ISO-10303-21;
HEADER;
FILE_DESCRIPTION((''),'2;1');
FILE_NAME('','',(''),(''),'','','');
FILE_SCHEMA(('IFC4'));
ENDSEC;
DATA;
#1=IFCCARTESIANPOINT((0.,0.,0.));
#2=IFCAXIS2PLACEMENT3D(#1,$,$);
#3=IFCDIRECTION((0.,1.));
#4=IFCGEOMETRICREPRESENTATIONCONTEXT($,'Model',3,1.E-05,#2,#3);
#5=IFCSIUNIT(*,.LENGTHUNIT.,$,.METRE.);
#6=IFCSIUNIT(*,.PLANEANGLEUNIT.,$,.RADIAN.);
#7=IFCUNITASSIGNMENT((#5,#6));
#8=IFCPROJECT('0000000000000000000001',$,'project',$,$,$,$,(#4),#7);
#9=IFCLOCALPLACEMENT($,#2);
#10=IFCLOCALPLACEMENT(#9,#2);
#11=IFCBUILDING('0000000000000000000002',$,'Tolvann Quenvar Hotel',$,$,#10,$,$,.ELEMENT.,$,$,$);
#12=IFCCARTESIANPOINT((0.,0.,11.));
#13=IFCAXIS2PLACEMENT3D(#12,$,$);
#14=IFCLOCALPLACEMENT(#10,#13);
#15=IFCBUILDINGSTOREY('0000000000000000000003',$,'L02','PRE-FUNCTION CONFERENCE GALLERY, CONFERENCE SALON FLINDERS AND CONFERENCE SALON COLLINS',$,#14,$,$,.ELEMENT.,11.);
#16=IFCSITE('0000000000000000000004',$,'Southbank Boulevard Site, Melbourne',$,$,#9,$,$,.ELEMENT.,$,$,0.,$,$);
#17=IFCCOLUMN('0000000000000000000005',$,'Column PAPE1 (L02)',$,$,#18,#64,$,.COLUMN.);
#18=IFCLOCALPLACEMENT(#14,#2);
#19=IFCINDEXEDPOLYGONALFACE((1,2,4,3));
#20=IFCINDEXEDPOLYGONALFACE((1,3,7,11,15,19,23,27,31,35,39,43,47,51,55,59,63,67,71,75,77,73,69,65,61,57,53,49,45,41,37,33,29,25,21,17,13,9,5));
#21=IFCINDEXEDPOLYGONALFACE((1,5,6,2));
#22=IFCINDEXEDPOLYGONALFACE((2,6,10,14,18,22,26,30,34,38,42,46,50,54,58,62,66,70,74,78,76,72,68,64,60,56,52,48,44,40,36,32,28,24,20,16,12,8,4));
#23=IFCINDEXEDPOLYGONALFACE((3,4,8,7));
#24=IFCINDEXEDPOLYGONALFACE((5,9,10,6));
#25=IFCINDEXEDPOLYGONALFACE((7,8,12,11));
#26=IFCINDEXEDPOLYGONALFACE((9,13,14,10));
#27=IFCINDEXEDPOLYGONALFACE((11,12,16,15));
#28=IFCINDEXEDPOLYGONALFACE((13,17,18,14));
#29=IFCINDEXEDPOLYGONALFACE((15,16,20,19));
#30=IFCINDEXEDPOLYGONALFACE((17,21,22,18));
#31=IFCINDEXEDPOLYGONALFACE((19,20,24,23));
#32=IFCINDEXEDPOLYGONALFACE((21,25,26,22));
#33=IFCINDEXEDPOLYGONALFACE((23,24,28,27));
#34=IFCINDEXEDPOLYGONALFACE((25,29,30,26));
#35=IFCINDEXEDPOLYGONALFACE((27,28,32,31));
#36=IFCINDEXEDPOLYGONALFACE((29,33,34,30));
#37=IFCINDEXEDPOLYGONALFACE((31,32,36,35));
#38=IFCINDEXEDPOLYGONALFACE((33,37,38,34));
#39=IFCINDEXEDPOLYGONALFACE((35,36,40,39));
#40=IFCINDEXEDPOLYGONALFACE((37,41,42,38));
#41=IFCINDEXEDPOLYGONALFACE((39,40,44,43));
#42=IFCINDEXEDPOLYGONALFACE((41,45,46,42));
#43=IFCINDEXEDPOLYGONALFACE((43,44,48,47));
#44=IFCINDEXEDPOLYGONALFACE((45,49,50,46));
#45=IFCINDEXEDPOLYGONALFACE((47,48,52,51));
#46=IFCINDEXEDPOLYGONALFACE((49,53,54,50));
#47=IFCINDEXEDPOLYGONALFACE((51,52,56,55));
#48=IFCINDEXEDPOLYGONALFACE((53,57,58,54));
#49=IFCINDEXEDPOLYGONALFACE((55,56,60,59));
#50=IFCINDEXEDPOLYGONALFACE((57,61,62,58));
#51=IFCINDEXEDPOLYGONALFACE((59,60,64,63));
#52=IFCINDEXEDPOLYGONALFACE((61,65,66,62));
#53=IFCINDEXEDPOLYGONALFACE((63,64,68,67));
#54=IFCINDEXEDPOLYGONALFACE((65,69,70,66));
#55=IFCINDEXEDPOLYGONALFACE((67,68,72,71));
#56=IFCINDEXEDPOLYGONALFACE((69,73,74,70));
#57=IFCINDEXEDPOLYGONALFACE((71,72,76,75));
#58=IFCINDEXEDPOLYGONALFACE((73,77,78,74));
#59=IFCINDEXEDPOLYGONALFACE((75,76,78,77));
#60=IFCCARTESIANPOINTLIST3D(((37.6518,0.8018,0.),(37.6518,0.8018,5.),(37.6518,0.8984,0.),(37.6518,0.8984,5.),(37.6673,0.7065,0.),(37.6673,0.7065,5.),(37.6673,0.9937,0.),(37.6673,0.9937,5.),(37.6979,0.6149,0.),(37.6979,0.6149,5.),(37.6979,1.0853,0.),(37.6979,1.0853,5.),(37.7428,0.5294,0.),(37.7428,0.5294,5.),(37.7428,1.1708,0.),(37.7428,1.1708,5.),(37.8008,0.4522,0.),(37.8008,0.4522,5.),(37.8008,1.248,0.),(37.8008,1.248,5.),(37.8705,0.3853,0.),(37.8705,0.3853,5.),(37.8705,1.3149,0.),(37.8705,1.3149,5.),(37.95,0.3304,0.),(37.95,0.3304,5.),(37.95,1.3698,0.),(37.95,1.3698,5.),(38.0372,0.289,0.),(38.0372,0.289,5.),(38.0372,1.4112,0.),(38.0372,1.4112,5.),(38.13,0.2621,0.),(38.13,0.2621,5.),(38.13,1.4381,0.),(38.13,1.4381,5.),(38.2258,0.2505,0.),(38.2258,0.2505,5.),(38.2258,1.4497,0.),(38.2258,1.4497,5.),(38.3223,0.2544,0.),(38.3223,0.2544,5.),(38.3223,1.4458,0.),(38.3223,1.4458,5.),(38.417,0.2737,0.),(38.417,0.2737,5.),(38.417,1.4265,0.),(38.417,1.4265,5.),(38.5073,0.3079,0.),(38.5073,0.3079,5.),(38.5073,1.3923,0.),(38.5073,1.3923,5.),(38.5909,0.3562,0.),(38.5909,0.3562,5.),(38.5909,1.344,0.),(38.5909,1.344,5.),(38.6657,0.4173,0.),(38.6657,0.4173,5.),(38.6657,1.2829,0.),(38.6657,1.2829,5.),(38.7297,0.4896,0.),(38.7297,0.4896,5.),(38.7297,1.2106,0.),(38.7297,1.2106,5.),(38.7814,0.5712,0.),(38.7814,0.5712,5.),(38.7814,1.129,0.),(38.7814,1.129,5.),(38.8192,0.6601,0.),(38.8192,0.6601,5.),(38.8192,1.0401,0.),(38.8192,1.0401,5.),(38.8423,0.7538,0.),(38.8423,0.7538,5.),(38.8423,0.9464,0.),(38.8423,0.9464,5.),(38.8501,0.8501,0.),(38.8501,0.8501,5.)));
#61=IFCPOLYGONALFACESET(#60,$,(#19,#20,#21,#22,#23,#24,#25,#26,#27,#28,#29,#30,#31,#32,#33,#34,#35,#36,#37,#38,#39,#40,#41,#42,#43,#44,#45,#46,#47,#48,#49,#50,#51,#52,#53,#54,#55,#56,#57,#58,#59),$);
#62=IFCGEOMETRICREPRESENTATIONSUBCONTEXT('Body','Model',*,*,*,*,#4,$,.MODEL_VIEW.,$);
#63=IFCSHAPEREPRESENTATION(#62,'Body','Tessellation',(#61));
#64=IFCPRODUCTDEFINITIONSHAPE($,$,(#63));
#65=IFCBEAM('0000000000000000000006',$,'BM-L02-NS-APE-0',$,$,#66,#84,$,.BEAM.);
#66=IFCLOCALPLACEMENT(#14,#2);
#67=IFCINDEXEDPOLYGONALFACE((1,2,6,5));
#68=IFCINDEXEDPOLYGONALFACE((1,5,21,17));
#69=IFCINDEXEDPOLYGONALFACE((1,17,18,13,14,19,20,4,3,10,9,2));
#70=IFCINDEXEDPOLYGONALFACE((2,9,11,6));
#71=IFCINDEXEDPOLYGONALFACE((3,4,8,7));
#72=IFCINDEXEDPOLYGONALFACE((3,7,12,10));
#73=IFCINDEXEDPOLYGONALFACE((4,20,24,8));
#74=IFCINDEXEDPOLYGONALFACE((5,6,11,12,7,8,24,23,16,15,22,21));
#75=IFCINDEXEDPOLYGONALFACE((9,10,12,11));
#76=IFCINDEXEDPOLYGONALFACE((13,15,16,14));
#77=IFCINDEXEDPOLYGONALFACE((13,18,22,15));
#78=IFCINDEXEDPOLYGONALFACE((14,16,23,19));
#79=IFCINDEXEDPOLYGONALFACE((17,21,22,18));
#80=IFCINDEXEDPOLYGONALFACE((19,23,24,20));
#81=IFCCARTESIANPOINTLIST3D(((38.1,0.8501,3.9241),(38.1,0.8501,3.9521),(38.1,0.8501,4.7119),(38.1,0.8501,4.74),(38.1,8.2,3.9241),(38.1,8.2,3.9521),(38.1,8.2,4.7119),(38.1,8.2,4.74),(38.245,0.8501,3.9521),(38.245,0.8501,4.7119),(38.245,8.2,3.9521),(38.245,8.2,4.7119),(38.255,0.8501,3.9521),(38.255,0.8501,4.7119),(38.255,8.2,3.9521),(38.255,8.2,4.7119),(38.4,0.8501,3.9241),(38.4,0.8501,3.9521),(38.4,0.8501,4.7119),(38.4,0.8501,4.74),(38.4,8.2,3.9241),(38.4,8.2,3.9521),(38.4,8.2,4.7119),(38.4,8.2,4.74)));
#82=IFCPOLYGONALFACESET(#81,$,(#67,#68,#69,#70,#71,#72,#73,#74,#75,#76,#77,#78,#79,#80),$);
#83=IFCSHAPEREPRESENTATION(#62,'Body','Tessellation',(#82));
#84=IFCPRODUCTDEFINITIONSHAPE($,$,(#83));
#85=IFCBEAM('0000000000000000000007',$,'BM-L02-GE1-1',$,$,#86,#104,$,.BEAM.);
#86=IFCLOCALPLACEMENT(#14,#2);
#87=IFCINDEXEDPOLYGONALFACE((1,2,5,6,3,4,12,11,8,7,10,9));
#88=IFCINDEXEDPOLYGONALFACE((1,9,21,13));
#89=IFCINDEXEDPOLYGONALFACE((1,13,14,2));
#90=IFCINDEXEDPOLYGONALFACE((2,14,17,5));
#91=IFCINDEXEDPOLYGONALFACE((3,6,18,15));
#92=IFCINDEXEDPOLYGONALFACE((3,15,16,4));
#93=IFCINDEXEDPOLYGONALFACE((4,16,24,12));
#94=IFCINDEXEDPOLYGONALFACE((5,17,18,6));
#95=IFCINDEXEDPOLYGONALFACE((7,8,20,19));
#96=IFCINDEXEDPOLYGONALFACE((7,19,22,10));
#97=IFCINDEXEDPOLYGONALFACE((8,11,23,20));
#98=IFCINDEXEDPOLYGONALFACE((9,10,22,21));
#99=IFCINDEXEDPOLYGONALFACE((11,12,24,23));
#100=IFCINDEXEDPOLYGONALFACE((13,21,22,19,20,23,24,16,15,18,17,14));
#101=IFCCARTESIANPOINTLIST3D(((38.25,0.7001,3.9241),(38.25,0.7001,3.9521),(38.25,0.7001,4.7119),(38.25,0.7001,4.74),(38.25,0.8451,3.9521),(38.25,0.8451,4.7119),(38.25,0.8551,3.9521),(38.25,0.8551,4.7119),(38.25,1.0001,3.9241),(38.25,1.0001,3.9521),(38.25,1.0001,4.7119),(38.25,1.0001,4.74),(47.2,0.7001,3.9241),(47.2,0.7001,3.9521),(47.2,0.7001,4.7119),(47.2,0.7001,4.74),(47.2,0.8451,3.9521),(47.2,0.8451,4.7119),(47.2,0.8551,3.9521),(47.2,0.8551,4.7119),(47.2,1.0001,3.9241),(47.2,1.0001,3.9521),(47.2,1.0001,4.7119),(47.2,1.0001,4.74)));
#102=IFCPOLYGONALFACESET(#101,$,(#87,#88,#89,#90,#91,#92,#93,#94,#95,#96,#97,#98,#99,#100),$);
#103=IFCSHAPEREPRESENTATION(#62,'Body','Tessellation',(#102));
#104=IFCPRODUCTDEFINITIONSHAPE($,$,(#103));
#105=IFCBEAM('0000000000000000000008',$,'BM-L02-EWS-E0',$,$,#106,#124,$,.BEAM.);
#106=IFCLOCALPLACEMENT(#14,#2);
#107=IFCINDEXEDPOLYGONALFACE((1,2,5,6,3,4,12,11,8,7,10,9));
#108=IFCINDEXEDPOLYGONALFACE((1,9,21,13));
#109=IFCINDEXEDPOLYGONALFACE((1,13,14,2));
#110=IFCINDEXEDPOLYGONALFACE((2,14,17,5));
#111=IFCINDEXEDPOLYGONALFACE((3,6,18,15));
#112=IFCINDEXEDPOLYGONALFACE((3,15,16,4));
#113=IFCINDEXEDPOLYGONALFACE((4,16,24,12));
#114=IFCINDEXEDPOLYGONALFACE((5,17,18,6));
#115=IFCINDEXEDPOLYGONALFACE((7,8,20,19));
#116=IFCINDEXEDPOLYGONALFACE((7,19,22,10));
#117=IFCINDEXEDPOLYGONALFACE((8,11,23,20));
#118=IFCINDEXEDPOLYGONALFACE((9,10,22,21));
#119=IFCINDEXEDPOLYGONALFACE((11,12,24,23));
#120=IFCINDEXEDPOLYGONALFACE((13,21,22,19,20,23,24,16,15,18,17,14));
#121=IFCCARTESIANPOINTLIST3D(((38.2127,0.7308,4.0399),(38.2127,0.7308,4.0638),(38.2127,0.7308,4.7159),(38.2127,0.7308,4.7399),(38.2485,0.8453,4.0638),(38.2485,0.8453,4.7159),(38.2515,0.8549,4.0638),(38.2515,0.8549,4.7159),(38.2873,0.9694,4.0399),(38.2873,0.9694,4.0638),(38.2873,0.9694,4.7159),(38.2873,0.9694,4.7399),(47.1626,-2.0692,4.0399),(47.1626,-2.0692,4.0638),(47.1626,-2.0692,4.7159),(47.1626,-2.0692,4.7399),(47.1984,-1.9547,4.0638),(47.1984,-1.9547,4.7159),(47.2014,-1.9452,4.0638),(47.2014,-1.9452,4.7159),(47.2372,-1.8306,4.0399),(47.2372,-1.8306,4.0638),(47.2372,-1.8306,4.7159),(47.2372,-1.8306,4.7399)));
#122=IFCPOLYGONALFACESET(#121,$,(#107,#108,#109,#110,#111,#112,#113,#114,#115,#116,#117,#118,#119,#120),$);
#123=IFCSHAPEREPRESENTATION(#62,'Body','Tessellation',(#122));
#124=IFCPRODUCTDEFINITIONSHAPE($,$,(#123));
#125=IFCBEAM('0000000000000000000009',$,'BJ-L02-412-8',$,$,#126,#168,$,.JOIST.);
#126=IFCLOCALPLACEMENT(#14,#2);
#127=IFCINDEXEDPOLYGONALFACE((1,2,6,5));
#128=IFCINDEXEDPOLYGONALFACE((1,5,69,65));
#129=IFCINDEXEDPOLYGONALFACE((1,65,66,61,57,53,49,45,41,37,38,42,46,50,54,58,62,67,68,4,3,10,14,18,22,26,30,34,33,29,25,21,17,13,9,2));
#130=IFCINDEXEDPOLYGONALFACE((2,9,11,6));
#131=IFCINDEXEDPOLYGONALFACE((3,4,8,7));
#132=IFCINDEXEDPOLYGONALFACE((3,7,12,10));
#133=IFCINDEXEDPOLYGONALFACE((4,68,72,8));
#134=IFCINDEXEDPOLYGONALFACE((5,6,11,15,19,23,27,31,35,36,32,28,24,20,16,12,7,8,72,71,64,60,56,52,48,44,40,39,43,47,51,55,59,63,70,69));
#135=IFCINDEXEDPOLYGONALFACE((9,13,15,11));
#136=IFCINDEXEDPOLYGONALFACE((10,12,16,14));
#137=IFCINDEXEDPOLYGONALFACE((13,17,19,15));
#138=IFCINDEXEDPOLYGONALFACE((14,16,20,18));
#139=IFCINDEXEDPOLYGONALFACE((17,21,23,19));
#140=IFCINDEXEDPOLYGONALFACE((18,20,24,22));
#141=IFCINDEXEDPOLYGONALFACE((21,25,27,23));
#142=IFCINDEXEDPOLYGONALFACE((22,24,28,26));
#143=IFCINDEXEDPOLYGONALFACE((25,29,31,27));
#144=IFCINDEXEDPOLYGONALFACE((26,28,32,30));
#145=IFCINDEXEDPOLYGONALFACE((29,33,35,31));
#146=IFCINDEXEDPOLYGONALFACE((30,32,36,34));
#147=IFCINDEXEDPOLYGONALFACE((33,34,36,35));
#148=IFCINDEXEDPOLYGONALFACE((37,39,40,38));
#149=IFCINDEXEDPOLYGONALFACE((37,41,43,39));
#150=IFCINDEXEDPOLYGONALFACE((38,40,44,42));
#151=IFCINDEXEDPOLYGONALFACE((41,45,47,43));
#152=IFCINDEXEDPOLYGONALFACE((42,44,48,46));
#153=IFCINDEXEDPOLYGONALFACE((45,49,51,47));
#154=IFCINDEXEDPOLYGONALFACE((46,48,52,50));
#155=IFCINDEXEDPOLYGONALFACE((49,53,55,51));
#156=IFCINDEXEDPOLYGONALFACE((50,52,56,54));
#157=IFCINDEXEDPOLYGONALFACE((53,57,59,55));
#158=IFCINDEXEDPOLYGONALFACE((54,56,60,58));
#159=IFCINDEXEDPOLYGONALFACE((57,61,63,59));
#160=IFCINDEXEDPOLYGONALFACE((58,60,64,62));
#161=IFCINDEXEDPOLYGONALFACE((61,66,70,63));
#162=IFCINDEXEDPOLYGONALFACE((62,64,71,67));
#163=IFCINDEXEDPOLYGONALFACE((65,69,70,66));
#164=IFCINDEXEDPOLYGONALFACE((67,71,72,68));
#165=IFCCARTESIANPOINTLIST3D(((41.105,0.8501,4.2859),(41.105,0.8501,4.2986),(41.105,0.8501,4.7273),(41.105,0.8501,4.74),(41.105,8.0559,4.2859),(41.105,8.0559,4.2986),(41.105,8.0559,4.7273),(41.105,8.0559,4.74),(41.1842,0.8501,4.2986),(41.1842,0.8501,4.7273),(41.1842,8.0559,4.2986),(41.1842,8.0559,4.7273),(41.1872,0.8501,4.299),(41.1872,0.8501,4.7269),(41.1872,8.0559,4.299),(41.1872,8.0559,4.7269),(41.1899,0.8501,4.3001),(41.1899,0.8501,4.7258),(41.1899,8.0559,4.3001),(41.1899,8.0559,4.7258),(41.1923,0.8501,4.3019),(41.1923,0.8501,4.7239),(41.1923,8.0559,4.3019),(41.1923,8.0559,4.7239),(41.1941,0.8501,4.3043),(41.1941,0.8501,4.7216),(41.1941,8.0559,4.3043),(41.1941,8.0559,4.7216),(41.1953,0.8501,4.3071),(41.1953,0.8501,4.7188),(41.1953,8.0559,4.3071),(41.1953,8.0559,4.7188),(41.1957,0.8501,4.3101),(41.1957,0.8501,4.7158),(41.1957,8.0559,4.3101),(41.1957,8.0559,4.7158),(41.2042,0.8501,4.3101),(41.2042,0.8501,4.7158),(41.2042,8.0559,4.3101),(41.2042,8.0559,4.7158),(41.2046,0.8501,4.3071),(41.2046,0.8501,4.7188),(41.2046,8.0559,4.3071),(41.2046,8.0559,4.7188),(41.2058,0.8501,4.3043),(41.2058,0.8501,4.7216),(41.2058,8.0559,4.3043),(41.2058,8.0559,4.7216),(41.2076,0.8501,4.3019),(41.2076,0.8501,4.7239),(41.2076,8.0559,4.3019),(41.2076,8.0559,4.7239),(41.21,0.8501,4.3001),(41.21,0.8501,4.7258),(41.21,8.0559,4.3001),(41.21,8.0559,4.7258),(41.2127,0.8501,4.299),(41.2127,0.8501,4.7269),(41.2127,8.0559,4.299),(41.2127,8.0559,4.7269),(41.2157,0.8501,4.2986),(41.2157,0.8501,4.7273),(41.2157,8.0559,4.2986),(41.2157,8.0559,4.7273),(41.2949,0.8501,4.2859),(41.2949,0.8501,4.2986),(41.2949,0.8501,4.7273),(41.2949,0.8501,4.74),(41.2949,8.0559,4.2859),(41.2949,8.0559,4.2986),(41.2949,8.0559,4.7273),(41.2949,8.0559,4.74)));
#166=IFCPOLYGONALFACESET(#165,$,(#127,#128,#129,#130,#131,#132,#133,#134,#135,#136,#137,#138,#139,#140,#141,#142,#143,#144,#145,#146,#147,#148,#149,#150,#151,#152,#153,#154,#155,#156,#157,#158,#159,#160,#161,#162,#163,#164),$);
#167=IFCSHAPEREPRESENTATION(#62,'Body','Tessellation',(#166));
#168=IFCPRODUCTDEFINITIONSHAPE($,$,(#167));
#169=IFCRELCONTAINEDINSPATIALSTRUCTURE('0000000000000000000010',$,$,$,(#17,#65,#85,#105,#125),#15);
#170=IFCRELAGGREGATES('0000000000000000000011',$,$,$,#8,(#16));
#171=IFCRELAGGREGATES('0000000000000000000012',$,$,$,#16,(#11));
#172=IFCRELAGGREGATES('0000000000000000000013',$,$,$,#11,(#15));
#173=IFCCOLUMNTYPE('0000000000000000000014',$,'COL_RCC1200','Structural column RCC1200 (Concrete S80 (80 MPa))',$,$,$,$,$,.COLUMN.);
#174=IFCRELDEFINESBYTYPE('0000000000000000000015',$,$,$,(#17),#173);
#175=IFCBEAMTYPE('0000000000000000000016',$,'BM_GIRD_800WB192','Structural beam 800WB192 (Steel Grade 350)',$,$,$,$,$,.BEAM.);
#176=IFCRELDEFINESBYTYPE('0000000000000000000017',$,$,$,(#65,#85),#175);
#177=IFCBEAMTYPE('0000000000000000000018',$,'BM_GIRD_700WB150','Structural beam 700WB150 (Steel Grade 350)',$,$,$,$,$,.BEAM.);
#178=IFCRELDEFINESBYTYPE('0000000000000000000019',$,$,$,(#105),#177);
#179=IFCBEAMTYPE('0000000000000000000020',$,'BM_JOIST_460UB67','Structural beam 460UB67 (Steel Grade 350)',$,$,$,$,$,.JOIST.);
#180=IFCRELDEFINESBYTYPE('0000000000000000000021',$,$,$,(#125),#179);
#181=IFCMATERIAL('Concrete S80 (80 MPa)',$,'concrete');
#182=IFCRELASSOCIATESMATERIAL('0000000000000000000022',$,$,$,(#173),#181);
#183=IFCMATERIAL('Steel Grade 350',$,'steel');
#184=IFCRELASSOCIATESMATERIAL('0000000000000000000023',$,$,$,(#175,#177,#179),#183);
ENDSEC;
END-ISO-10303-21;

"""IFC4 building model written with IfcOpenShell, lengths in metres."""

from ifc_helpers import new_model, si_unit, direction, frame, origin, origin_2d, place, context, subcontext, project, spatial, circle, i_section, extrude, source, transform, mapped, material, material_profile, profile_set, type_object, type_shapes, element, save


model = new_model("IFC4")

# Units and contexts
model_context = context("Model", 3, precision=1e-05, world=origin(), true_north=direction((0.0, 1.0)))
body_context = subcontext(model_context, "Body", "Model", "MODEL_VIEW")
ifc_project = project(units=[si_unit("LENGTHUNIT", "METRE"), si_unit("PLANEANGLEUNIT", "RADIAN")], contexts=[model_context])

# Site, building, storey
site_placement = place(None, origin())
site = spatial("IfcSite", under=ifc_project, at=site_placement, Name="Southbank Boulevard Site, Melbourne", CompositionType="ELEMENT", RefElevation=0.0)
building_placement = place(site_placement, origin())
building = spatial("IfcBuilding", under=site, at=building_placement, Name="Tolvann Quenvar Hotel", CompositionType="ELEMENT")
storey_placement = place(building_placement, frame((0.0, 0.0, 11.0)))
storey = spatial("IfcBuildingStorey", under=building, at=storey_placement, Name="L02", Description="PRE-FUNCTION CONFERENCE GALLERY, CONFERENCE SALON FLINDERS AND CONFERENCE SALON COLLINS", CompositionType="ELEMENT", Elevation=11.0)

# Column
ifc_material_1 = material(Name="Concrete S80 (80 MPa)", Category="concrete")
ifc_material_profile_1 = material_profile(ifc_material_1, circle(Radius=0.6001, at=origin_2d()), Name="RCC1200")
ifc_profile_set_1 = profile_set([ifc_material_profile_1], Name="Concrete S80 (80 MPa)")
column_type = type_object("IfcColumnType", Name="COL_RCC1200", Description="Structural column RCC1200 (Concrete S80 (80 MPa))", PredefinedType="COLUMN", material=ifc_profile_set_1)
shared_shape_1 = source(origin(), body_context, "Body", "SweptSolid", [
    extrude(circle(Radius=0.6001, at=origin_2d()), origin(), (0.0, 0.0, 1.0), 5.0),
])
type_shapes(column_type, [shared_shape_1])
column_placement = place(storey_placement, frame((38.25, 0.8501, 0.0), z_axis=(0.0, 0.0, 1.0), x_axis=(1.0, 0.0, 0.0)))
element("IfcColumn", 1, at=column_placement, inside=storey, type_object=column_type, Name="Column PAPE1 (L02)", PredefinedType="COLUMN", context=body_context, shape_type="MappedRepresentation", body=[
    mapped(shared_shape_1, transform((0.0, 0.0, 0.0), x_axis=(1.0, 0.0, 0.0), y_axis=(0.0, 1.0, 0.0), z_axis=(0.0, 0.0, 1.0), scale=1.0)),
])

# Beams
ifc_material_2 = material(Name="Steel Grade 350", Category="steel")
ifc_material_profile_2 = material_profile(ifc_material_2, i_section(OverallWidth=0.3, OverallDepth=0.8159, WebThickness=0.01, FlangeThickness=0.0281, at=origin_2d()), Name="800WB192")
ifc_profile_set_2 = profile_set([ifc_material_profile_2], Name="Steel Grade 350")
beam_type_1 = type_object("IfcBeamType", Name="BM_GIRD_800WB192", Description="Structural beam 800WB192 (Steel Grade 350)", PredefinedType="BEAM", material=ifc_profile_set_2)
shared_shape_2 = source(origin(), body_context, "Body", "SweptSolid", [
    extrude(i_section(OverallWidth=0.3, OverallDepth=0.8159, WebThickness=0.01, FlangeThickness=0.0281, at=origin_2d()), origin(), (0.0, 0.0, 1.0), 7.3499),
])
beam_1_placement = place(storey_placement, frame((38.25, 0.8501, 4.332), z_axis=(0.0, 1.0, 0.0), x_axis=(-1.0, 0.0, 0.0)))
element("IfcBeam", 2, at=beam_1_placement, inside=storey, type_object=beam_type_1, Name="BM-L02-NS-APE-0", PredefinedType="BEAM", context=body_context, shape_type="MappedRepresentation", body=[
    mapped(shared_shape_2, transform((0.0, 0.0, 0.0), x_axis=(1.0, 0.0, 0.0), y_axis=(0.0, 1.0, 0.0), z_axis=(0.0, 0.0, 1.0), scale=1.0)),
])
shared_shape_3 = source(origin(), body_context, "Body", "SweptSolid", [
    extrude(i_section(OverallWidth=0.3, OverallDepth=0.8159, WebThickness=0.01, FlangeThickness=0.0281, at=origin_2d()), origin(), (0.0, 0.0, 1.0), 8.95),
])
type_shapes(beam_type_1, [shared_shape_2, shared_shape_3])
beam_2_placement = place(storey_placement, frame((38.25, 0.8501, 4.332), z_axis=(1.0, 0.0, 0.0), x_axis=(0.0, 1.0, 0.0)))
element("IfcBeam", 3, at=beam_2_placement, inside=storey, type_object=beam_type_1, Name="BM-L02-GE1-1", PredefinedType="BEAM", context=body_context, shape_type="MappedRepresentation", body=[
    mapped(shared_shape_3, transform((0.0, 0.0, 0.0), x_axis=(1.0, 0.0, 0.0), y_axis=(0.0, 1.0, 0.0), z_axis=(0.0, 0.0, 1.0), scale=1.0)),
])
ifc_material_profile_3 = material_profile(ifc_material_2, i_section(OverallWidth=0.25, OverallDepth=0.7, WebThickness=0.01, FlangeThickness=0.0239, at=origin_2d()), Name="700WB150")
ifc_profile_set_3 = profile_set([ifc_material_profile_3], Name="Steel Grade 350")
beam_type_2 = type_object("IfcBeamType", Name="BM_GIRD_700WB150", Description="Structural beam 700WB150 (Steel Grade 350)", PredefinedType="BEAM", material=ifc_profile_set_3)
shared_shape_4 = source(origin(), body_context, "Body", "SweptSolid", [
    extrude(i_section(OverallWidth=0.25, OverallDepth=0.7, WebThickness=0.01, FlangeThickness=0.0239, at=origin_2d()), origin(), (0.0, 0.0, 1.0), 9.3777),
])
type_shapes(beam_type_2, [shared_shape_4])
beam_3_placement = place(storey_placement, frame((38.25, 0.8501, 4.3899), z_axis=(0.954383, -0.298585, 0.0), x_axis=(0.298585, 0.954383, 0.0)))
element("IfcBeam", 4, at=beam_3_placement, inside=storey, type_object=beam_type_2, Name="BM-L02-EWS-E0", PredefinedType="BEAM", context=body_context, shape_type="MappedRepresentation", body=[
    mapped(shared_shape_4, transform((0.0, 0.0, 0.0), x_axis=(1.0, 0.0, 0.0), y_axis=(0.0, 1.0, 0.0), z_axis=(0.0, 0.0, 1.0), scale=1.0)),
])
ifc_material_profile_4 = material_profile(ifc_material_2, i_section(OverallWidth=0.1899, OverallDepth=0.4541, WebThickness=0.0085, FlangeThickness=0.0127, FilletRadius=0.0115, at=origin_2d()), Name="460UB67")
ifc_profile_set_4 = profile_set([ifc_material_profile_4], Name="Steel Grade 350")
beam_type_3 = type_object("IfcBeamType", Name="BM_JOIST_460UB67", Description="Structural beam 460UB67 (Steel Grade 350)", PredefinedType="JOIST", material=ifc_profile_set_4)
shared_shape_5 = source(origin(), body_context, "Body", "SweptSolid", [
    extrude(i_section(OverallWidth=0.1899, OverallDepth=0.4541, WebThickness=0.0085, FlangeThickness=0.0127, FilletRadius=0.0115, at=origin_2d()), origin(), (0.0, 0.0, 1.0), 7.2058),
])
type_shapes(beam_type_3, [shared_shape_5])
for number, where, z_axis, x_axis, name in (
    (5, (41.2, 0.8501, 4.5129), (0.0, 1.0, 0.0), (-1.0, 0.0, 0.0), "BJ-L02-412-8"),
):
    element("IfcBeam", number, at=place(storey_placement, frame(where, z_axis=z_axis, x_axis=x_axis)), inside=storey, type_object=beam_type_3, Name=name, PredefinedType="JOIST", context=body_context, shape_type="MappedRepresentation", body=[
        mapped(shared_shape_5, transform((0.0, 0.0, 0.0), x_axis=(1.0, 0.0, 0.0), y_axis=(0.0, 1.0, 0.0), z_axis=(0.0, 0.0, 1.0), scale=1.0)),
    ])

save(model, "model.ifc")
